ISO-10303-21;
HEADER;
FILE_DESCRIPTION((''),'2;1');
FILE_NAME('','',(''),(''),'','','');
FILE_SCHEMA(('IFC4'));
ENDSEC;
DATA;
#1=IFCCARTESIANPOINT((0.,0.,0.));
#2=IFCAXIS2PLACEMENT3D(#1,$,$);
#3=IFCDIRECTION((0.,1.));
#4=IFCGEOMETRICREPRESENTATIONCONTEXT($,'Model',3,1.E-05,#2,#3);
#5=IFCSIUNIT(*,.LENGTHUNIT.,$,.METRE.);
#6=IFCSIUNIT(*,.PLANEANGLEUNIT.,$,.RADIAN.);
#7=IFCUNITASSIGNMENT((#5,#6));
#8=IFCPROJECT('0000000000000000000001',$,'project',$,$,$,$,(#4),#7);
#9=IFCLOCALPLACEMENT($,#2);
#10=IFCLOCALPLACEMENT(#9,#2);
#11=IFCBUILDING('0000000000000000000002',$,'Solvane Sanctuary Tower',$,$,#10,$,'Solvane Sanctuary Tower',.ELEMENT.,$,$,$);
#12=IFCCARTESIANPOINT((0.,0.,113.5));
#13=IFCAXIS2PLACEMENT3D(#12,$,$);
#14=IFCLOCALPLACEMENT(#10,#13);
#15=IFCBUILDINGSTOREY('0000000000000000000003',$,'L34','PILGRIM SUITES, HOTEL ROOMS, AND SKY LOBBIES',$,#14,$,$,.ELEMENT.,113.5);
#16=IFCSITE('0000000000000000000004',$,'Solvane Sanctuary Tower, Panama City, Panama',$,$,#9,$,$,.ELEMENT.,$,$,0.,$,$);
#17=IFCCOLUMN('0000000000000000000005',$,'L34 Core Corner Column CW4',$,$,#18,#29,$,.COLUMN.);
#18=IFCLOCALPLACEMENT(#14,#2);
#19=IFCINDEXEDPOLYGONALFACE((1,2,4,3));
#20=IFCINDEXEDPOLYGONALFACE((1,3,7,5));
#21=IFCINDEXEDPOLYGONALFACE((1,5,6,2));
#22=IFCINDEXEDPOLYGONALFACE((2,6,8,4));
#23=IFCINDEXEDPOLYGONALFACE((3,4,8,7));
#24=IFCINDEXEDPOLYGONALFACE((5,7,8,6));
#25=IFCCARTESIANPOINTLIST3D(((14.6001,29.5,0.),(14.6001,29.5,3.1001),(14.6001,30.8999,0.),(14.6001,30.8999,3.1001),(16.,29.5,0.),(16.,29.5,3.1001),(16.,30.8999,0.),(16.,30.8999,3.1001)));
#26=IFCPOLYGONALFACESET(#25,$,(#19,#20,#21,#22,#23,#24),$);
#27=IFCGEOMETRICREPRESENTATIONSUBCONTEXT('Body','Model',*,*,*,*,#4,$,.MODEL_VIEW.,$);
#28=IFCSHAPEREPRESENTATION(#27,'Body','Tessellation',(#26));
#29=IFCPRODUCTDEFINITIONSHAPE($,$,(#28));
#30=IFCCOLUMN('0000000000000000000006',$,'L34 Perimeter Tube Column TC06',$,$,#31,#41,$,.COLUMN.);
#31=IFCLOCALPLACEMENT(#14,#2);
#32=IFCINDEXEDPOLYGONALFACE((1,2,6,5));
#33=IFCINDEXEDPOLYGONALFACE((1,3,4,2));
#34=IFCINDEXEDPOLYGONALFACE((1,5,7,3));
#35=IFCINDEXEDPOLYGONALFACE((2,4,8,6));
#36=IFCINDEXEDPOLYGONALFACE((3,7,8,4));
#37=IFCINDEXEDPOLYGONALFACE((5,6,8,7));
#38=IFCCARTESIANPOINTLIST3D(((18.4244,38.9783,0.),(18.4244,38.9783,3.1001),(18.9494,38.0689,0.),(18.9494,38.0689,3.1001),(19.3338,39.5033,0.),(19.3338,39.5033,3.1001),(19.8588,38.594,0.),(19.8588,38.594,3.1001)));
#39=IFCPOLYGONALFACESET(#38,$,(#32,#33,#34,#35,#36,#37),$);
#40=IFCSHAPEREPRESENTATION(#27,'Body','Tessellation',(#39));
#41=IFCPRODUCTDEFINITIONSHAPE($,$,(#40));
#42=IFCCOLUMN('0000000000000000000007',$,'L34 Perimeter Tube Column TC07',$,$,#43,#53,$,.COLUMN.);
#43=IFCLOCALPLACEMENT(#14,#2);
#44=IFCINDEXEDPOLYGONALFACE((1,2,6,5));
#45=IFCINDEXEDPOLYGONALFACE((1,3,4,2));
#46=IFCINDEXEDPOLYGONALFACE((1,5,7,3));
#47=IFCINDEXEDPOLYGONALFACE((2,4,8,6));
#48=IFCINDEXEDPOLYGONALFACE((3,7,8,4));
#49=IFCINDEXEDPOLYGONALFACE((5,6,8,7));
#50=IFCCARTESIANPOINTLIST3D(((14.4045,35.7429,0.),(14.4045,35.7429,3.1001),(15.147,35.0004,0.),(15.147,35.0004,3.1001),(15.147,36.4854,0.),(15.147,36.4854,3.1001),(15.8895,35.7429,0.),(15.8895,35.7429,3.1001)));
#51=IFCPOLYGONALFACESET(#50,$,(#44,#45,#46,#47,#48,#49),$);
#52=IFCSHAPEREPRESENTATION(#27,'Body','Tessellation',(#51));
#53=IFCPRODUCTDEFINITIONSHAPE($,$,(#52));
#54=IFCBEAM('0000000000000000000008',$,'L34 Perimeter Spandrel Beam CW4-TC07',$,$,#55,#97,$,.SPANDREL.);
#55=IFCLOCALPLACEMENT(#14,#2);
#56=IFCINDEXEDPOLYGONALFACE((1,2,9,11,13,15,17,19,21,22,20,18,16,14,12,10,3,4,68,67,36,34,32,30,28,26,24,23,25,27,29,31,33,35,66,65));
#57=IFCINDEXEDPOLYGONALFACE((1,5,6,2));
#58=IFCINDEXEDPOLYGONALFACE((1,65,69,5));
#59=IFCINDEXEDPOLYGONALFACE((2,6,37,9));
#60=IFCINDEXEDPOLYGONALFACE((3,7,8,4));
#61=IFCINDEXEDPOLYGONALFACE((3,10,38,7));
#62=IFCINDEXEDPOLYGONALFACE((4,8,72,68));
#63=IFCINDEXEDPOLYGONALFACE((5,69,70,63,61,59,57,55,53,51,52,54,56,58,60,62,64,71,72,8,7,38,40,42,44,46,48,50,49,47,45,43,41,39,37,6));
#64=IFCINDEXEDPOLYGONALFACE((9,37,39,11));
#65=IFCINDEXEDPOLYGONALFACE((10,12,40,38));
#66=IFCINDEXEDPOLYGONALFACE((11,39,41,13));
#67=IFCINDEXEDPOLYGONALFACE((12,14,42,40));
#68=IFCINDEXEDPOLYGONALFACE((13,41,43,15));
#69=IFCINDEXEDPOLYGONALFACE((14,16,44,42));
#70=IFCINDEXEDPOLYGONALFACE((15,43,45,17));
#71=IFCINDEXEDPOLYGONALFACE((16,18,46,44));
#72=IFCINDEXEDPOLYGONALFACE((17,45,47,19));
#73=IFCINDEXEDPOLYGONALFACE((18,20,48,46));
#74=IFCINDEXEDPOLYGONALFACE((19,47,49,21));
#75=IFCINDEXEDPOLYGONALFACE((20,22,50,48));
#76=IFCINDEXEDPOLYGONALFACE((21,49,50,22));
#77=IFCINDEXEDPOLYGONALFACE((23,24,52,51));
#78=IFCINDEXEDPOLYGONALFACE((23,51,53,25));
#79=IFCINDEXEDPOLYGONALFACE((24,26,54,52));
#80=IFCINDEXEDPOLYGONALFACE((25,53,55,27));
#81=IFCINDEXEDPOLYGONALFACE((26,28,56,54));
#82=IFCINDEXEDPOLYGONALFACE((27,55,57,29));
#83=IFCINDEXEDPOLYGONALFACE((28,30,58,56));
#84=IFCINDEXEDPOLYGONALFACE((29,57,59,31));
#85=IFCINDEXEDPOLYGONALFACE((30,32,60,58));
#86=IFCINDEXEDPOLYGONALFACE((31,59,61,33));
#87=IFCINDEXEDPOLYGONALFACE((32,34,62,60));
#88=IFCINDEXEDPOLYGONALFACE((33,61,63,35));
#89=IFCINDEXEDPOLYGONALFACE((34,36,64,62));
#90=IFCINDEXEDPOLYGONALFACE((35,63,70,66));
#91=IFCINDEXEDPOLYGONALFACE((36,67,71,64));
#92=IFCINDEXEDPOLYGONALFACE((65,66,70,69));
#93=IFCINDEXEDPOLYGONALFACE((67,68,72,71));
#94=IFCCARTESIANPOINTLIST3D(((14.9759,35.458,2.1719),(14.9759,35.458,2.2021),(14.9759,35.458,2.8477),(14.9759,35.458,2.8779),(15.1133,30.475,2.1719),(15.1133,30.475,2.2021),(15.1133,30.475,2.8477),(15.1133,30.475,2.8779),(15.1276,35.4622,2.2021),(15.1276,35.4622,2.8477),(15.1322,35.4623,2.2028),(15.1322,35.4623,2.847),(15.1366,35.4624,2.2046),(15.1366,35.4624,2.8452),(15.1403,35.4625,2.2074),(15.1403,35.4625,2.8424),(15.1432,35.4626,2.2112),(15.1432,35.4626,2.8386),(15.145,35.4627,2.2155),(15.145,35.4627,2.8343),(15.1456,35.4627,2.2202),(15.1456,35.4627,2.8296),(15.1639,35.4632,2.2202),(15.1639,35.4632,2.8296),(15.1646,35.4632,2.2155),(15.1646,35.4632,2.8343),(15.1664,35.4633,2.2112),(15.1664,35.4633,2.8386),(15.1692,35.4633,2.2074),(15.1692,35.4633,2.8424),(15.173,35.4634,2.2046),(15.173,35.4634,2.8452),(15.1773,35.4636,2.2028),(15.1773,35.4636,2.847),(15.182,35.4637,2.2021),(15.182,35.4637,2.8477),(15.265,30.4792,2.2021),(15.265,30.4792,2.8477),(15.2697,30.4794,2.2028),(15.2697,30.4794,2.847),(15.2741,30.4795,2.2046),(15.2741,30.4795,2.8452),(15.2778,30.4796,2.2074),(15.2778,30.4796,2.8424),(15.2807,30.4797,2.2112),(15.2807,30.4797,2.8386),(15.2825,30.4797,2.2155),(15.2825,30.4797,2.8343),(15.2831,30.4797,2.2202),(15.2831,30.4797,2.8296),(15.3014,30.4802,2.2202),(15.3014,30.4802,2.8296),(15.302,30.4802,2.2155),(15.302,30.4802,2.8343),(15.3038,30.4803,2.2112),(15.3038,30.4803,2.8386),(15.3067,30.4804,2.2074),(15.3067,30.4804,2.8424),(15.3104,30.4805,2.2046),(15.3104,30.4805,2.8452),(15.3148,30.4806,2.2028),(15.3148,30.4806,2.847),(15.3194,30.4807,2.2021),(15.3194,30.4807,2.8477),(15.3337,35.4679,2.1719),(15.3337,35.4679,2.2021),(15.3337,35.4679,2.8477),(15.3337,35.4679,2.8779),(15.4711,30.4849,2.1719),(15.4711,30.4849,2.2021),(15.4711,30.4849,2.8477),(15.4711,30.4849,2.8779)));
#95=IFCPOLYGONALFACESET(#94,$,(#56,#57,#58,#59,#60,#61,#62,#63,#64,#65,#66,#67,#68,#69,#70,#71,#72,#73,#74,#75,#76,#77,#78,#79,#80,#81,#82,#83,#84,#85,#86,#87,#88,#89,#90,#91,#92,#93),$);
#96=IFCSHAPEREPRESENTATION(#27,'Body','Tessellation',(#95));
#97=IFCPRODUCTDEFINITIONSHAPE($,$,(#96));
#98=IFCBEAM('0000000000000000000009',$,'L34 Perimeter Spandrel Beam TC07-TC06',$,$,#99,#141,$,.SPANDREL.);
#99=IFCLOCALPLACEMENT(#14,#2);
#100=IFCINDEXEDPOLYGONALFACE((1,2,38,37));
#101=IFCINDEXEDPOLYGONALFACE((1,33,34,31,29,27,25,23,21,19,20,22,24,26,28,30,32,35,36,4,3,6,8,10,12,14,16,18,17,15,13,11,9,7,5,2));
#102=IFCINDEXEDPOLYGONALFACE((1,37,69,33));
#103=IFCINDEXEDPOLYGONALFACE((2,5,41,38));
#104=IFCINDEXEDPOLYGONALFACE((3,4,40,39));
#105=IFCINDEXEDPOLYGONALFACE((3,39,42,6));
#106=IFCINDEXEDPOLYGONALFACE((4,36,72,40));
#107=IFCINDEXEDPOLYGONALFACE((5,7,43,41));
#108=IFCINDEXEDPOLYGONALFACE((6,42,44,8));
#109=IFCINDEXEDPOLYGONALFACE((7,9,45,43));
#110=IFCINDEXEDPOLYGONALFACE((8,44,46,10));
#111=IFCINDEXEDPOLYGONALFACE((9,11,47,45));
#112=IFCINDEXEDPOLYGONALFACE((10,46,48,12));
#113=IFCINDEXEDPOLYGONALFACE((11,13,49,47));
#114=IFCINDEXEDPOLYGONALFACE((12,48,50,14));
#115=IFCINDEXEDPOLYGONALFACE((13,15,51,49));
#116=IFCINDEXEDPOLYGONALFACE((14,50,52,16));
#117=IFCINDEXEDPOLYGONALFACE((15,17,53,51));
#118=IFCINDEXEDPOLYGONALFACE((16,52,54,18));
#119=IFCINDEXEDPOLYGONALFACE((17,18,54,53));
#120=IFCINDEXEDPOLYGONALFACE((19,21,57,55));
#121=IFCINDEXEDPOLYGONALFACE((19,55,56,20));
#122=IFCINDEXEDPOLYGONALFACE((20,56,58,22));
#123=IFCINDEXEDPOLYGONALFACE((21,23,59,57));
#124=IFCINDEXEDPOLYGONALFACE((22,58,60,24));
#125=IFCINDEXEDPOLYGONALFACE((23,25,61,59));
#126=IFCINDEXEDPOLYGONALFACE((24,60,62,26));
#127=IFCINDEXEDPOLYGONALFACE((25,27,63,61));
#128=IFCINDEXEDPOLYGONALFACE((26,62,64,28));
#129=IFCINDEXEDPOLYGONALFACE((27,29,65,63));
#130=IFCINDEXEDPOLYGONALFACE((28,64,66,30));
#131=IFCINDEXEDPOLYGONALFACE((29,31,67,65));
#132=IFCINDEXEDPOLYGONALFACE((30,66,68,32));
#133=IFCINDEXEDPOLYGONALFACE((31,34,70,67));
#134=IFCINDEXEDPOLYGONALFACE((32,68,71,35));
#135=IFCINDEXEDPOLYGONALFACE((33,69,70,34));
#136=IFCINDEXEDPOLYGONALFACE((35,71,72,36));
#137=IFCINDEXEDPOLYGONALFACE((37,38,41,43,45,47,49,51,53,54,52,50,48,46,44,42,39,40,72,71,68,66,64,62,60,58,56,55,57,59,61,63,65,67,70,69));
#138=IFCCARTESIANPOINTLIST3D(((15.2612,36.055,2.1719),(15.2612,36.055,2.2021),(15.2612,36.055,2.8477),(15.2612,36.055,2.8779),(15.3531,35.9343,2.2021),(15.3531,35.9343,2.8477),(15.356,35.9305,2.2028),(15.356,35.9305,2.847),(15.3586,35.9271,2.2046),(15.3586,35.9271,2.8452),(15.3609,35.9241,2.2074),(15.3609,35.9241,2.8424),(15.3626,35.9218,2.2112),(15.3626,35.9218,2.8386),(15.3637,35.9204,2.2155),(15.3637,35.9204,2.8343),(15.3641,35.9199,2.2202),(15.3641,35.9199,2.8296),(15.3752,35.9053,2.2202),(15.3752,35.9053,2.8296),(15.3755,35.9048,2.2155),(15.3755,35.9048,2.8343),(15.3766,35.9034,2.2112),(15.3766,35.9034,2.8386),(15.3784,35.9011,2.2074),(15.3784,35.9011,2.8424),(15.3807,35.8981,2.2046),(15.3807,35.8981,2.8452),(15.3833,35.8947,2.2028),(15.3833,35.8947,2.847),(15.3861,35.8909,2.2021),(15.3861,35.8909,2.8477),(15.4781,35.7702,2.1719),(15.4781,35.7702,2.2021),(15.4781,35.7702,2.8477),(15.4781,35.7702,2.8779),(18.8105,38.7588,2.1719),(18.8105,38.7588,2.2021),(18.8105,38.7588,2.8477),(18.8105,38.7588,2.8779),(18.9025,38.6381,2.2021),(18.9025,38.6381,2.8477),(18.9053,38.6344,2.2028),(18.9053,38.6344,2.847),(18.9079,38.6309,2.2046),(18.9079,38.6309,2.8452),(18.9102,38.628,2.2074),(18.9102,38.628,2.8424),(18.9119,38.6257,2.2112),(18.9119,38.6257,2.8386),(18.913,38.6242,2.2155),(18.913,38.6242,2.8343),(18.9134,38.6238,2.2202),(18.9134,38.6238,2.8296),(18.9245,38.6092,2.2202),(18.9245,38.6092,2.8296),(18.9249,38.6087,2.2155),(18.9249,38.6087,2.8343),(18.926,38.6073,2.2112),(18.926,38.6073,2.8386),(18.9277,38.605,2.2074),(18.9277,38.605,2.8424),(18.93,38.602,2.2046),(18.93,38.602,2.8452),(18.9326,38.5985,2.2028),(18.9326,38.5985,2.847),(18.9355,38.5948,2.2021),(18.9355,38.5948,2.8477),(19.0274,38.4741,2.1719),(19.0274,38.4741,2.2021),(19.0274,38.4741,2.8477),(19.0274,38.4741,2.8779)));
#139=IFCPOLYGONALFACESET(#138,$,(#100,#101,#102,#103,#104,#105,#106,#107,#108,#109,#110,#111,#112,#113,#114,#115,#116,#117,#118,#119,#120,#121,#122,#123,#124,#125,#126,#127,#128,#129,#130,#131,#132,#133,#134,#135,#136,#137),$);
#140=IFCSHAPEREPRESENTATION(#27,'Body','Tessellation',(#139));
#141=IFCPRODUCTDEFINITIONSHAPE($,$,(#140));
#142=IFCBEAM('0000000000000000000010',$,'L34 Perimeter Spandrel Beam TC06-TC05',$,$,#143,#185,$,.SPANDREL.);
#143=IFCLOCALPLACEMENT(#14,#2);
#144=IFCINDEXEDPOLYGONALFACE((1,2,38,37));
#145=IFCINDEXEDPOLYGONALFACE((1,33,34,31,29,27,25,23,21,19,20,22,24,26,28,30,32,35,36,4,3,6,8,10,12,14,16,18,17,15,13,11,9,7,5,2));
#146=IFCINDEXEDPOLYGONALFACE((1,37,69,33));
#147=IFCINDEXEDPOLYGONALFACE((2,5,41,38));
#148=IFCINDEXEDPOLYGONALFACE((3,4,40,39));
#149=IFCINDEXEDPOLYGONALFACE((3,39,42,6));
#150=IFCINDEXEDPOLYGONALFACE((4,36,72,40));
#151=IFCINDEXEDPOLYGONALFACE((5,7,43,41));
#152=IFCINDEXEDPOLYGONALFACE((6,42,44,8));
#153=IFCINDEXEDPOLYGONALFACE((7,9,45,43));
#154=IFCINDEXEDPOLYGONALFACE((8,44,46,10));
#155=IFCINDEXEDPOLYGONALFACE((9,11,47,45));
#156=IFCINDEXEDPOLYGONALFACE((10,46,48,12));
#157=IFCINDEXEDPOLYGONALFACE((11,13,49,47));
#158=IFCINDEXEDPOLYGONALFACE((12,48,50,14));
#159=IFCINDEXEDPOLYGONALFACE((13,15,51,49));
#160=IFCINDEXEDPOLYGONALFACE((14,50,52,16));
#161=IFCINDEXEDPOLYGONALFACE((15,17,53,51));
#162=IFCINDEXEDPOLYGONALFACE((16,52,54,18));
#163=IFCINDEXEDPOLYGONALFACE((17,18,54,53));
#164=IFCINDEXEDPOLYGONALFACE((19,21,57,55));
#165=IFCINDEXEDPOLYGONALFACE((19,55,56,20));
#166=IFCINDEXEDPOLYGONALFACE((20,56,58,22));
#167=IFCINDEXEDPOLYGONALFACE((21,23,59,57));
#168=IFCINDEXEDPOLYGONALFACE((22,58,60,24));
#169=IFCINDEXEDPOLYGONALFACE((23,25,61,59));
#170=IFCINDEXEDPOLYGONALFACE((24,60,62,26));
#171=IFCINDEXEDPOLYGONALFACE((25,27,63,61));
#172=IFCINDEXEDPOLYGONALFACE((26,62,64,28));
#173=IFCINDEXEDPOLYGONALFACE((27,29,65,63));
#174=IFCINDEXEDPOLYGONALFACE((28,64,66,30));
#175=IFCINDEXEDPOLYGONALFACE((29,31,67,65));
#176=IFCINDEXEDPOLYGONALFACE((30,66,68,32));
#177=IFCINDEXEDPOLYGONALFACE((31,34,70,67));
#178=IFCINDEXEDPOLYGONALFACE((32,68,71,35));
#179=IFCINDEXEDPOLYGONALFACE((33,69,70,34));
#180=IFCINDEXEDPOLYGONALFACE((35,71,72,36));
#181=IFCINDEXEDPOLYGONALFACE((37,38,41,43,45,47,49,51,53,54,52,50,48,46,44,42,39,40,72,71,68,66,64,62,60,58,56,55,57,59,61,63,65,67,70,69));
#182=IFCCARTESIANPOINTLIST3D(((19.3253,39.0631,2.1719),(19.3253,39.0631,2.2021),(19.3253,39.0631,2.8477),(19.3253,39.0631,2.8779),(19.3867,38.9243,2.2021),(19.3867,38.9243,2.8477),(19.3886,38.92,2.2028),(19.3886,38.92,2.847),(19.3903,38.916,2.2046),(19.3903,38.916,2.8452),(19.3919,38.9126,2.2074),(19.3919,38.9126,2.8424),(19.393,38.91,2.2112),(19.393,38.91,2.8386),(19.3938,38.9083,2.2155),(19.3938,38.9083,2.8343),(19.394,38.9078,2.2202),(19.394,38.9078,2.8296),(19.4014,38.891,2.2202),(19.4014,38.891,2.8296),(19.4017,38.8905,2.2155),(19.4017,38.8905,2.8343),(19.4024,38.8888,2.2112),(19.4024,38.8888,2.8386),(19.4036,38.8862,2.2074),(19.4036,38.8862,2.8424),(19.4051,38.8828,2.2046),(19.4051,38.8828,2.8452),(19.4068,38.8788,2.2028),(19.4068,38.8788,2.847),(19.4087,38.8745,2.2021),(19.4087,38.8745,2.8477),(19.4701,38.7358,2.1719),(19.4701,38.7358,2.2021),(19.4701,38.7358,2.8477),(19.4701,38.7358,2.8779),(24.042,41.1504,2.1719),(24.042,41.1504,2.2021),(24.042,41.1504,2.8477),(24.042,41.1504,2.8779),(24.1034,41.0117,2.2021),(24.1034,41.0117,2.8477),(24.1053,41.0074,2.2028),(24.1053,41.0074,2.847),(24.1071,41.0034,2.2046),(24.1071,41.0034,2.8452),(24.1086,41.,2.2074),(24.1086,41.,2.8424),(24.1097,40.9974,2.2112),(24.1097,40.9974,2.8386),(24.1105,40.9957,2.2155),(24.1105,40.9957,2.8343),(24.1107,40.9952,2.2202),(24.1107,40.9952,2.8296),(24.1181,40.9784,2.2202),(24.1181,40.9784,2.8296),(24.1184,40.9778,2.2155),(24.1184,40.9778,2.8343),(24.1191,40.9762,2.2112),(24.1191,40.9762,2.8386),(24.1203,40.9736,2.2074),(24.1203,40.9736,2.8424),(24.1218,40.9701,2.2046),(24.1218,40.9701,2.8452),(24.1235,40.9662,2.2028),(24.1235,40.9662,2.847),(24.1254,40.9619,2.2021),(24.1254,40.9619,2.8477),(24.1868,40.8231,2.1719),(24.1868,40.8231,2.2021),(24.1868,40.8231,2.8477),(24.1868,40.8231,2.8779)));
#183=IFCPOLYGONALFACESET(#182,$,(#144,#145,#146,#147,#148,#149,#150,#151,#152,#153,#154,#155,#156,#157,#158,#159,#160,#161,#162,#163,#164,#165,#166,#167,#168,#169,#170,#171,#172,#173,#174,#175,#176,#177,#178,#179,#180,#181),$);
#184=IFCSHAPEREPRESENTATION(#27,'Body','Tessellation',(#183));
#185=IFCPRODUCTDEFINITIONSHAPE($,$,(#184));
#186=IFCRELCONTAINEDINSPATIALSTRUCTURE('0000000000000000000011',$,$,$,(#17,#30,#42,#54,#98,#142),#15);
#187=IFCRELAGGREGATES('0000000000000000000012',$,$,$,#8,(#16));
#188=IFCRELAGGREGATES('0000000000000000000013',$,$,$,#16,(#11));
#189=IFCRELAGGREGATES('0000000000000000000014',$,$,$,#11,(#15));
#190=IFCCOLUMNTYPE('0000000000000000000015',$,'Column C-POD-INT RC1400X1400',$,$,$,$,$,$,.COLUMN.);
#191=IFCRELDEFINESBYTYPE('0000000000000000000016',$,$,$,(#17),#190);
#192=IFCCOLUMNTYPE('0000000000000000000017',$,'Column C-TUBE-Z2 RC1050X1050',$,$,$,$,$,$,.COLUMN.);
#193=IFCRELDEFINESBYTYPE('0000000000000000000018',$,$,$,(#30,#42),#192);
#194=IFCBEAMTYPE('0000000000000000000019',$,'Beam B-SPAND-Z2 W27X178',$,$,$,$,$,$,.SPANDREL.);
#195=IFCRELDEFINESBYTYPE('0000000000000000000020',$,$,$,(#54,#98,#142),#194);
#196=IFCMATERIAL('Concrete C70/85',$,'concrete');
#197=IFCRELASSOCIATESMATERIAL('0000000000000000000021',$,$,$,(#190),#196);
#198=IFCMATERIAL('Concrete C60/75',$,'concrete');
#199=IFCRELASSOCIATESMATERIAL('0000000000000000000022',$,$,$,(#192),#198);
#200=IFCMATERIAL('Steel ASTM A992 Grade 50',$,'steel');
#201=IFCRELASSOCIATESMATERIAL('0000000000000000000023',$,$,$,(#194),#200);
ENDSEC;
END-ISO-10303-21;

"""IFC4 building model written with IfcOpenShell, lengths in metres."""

from ifc_helpers import new_model, si_unit, direction, frame, origin, origin_2d, place, context, subcontext, project, spatial, rectangle, i_section, extrude, material, material_profile, profile_set, type_object, element, save


model = new_model("IFC4")

# Units and contexts
model_context = context("Model", 3, precision=1e-05, world=origin(), true_north=direction((0.0, 1.0)))
body_context = subcontext(model_context, "Body", "Model", "MODEL_VIEW")
ifc_project = project(units=[si_unit("LENGTHUNIT", "METRE"), si_unit("PLANEANGLEUNIT", "RADIAN")], contexts=[model_context])

# Site, building, storey
site_placement = place(None, origin())
site = spatial("IfcSite", under=ifc_project, at=site_placement, Name="Solvane Sanctuary Tower, Panama City, Panama", CompositionType="ELEMENT", RefElevation=0.0)
building_placement = place(site_placement, origin())
building = spatial("IfcBuilding", under=site, at=building_placement, Name="Solvane Sanctuary Tower", LongName="Solvane Sanctuary Tower", CompositionType="ELEMENT")
storey_placement = place(building_placement, frame((0.0, 0.0, 113.5)))
storey = spatial("IfcBuildingStorey", under=building, at=storey_placement, Name="L34", Description="PILGRIM SUITES, HOTEL ROOMS, AND SKY LOBBIES", CompositionType="ELEMENT", Elevation=113.5)

# Columns
ifc_material_1 = material(Name="Concrete C70/85", Category="concrete")
ifc_material_profile_1 = material_profile(ifc_material_1, rectangle(XDim=1.3999, YDim=1.3999, at=origin_2d()), Name="RC1400X1400")
ifc_profile_set_1 = profile_set([ifc_material_profile_1], Name="Concrete C70/85")
column_type_1 = type_object("IfcColumnType", Name="Column C-POD-INT RC1400X1400", PredefinedType="COLUMN", material=ifc_profile_set_1)
column_placement = place(storey_placement, frame((15.3, 30.2, 0.0), z_axis=(0.0, 0.0, 1.0), x_axis=(1.0, 0.0, 0.0)))
element("IfcColumn", 1, at=column_placement, inside=storey, type_object=column_type_1, Name="L34 Core Corner Column CW4", PredefinedType="COLUMN", context=body_context, shape_type="SweptSolid", body=[
    extrude(rectangle(XDim=1.3999, YDim=1.3999, at=origin_2d()), origin(), (0.0, 0.0, 1.0), 3.1001),
])
ifc_material_2 = material(Name="Concrete C60/75", Category="concrete")
ifc_material_profile_2 = material_profile(ifc_material_2, rectangle(XDim=1.05, YDim=1.05, at=origin_2d()), Name="RC1050X1050")
ifc_profile_set_2 = profile_set([ifc_material_profile_2], Name="Concrete C60/75")
column_type_2 = type_object("IfcColumnType", Name="Column C-TUBE-Z2 RC1050X1050", PredefinedType="COLUMN", material=ifc_profile_set_2)
for number, where, z_axis, x_axis, name in (
    (2, (19.1416, 38.7861, 0.0), (0.0, 0.0, 1.0), (-0.5, 0.866025, 0.0), "L34 Perimeter Tube Column TC06"),
    (3, (15.147, 35.7429, 0.0), (0.0, 0.0, 1.0), (-0.707107, 0.707107, 0.0), "L34 Perimeter Tube Column TC07"),
):
    element("IfcColumn", number, at=place(storey_placement, frame(where, z_axis=z_axis, x_axis=x_axis)), inside=storey, type_object=column_type_2, Name=name, PredefinedType="COLUMN", context=body_context, shape_type="SweptSolid", body=[
        extrude(rectangle(XDim=1.05, YDim=1.05, at=origin_2d()), origin(), (0.0, 0.0, 1.0), 3.1001),
    ])

# Beams
ifc_material_3 = material(Name="Steel ASTM A992 Grade 50", Category="steel")
ifc_material_profile_3 = material_profile(ifc_material_3, i_section(OverallWidth=0.3579, OverallDepth=0.7061, WebThickness=0.0183, FlangeThickness=0.0303, FilletRadius=0.0181, at=origin_2d()), Name="W27X178")
ifc_profile_set_3 = profile_set([ifc_material_profile_3], Name="Steel ASTM A992 Grade 50")
beam_type = type_object("IfcBeamType", Name="Beam B-SPAND-Z2 W27X178", PredefinedType="SPANDREL", material=ifc_profile_set_3)
beam_1_placement = place(storey_placement, frame((15.2922, 30.48, 2.5249), z_axis=(-0.027574, 0.99962, 0.0), x_axis=(-0.99962, -0.027574, 0.0)))
element("IfcBeam", 4, at=beam_1_placement, inside=storey, type_object=beam_type, Name="L34 Perimeter Spandrel Beam CW4-TC07", PredefinedType="SPANDREL", context=body_context, shape_type="SweptSolid", body=[
    extrude(i_section(OverallWidth=0.3579, OverallDepth=0.7061, WebThickness=0.0183, FlangeThickness=0.0303, FilletRadius=0.0181, at=origin_2d()), origin(), (0.0, 0.0, 1.0), 4.9849),
])
beam_2_placement = place(storey_placement, frame((15.3696, 35.9126, 2.5249), z_axis=(0.795473, 0.605989, 0.0), x_axis=(-0.605989, 0.795473, 0.0)))
element("IfcBeam", 5, at=beam_2_placement, inside=storey, type_object=beam_type, Name="L34 Perimeter Spandrel Beam TC07-TC06", PredefinedType="SPANDREL", context=body_context, shape_type="SweptSolid", body=[
    extrude(i_section(OverallWidth=0.3579, OverallDepth=0.7061, WebThickness=0.0183, FlangeThickness=0.0303, FilletRadius=0.0181, at=origin_2d()), origin(), (0.0, 0.0, 1.0), 4.4619),
])
beam_3_placement = place(storey_placement, frame((19.3977, 38.8994, 2.5249), z_axis=(0.914455, 0.404689, 0.0), x_axis=(-0.404689, 0.914455, 0.0)))
element("IfcBeam", 6, at=beam_3_placement, inside=storey, type_object=beam_type, Name="L34 Perimeter Spandrel Beam TC06-TC05", PredefinedType="SPANDREL", context=body_context, shape_type="SweptSolid", body=[
    extrude(i_section(OverallWidth=0.3579, OverallDepth=0.7061, WebThickness=0.0183, FlangeThickness=0.0303, FilletRadius=0.0181, at=origin_2d()), origin(), (0.0, 0.0, 1.0), 5.158),
])

save(model, "model.ifc")
